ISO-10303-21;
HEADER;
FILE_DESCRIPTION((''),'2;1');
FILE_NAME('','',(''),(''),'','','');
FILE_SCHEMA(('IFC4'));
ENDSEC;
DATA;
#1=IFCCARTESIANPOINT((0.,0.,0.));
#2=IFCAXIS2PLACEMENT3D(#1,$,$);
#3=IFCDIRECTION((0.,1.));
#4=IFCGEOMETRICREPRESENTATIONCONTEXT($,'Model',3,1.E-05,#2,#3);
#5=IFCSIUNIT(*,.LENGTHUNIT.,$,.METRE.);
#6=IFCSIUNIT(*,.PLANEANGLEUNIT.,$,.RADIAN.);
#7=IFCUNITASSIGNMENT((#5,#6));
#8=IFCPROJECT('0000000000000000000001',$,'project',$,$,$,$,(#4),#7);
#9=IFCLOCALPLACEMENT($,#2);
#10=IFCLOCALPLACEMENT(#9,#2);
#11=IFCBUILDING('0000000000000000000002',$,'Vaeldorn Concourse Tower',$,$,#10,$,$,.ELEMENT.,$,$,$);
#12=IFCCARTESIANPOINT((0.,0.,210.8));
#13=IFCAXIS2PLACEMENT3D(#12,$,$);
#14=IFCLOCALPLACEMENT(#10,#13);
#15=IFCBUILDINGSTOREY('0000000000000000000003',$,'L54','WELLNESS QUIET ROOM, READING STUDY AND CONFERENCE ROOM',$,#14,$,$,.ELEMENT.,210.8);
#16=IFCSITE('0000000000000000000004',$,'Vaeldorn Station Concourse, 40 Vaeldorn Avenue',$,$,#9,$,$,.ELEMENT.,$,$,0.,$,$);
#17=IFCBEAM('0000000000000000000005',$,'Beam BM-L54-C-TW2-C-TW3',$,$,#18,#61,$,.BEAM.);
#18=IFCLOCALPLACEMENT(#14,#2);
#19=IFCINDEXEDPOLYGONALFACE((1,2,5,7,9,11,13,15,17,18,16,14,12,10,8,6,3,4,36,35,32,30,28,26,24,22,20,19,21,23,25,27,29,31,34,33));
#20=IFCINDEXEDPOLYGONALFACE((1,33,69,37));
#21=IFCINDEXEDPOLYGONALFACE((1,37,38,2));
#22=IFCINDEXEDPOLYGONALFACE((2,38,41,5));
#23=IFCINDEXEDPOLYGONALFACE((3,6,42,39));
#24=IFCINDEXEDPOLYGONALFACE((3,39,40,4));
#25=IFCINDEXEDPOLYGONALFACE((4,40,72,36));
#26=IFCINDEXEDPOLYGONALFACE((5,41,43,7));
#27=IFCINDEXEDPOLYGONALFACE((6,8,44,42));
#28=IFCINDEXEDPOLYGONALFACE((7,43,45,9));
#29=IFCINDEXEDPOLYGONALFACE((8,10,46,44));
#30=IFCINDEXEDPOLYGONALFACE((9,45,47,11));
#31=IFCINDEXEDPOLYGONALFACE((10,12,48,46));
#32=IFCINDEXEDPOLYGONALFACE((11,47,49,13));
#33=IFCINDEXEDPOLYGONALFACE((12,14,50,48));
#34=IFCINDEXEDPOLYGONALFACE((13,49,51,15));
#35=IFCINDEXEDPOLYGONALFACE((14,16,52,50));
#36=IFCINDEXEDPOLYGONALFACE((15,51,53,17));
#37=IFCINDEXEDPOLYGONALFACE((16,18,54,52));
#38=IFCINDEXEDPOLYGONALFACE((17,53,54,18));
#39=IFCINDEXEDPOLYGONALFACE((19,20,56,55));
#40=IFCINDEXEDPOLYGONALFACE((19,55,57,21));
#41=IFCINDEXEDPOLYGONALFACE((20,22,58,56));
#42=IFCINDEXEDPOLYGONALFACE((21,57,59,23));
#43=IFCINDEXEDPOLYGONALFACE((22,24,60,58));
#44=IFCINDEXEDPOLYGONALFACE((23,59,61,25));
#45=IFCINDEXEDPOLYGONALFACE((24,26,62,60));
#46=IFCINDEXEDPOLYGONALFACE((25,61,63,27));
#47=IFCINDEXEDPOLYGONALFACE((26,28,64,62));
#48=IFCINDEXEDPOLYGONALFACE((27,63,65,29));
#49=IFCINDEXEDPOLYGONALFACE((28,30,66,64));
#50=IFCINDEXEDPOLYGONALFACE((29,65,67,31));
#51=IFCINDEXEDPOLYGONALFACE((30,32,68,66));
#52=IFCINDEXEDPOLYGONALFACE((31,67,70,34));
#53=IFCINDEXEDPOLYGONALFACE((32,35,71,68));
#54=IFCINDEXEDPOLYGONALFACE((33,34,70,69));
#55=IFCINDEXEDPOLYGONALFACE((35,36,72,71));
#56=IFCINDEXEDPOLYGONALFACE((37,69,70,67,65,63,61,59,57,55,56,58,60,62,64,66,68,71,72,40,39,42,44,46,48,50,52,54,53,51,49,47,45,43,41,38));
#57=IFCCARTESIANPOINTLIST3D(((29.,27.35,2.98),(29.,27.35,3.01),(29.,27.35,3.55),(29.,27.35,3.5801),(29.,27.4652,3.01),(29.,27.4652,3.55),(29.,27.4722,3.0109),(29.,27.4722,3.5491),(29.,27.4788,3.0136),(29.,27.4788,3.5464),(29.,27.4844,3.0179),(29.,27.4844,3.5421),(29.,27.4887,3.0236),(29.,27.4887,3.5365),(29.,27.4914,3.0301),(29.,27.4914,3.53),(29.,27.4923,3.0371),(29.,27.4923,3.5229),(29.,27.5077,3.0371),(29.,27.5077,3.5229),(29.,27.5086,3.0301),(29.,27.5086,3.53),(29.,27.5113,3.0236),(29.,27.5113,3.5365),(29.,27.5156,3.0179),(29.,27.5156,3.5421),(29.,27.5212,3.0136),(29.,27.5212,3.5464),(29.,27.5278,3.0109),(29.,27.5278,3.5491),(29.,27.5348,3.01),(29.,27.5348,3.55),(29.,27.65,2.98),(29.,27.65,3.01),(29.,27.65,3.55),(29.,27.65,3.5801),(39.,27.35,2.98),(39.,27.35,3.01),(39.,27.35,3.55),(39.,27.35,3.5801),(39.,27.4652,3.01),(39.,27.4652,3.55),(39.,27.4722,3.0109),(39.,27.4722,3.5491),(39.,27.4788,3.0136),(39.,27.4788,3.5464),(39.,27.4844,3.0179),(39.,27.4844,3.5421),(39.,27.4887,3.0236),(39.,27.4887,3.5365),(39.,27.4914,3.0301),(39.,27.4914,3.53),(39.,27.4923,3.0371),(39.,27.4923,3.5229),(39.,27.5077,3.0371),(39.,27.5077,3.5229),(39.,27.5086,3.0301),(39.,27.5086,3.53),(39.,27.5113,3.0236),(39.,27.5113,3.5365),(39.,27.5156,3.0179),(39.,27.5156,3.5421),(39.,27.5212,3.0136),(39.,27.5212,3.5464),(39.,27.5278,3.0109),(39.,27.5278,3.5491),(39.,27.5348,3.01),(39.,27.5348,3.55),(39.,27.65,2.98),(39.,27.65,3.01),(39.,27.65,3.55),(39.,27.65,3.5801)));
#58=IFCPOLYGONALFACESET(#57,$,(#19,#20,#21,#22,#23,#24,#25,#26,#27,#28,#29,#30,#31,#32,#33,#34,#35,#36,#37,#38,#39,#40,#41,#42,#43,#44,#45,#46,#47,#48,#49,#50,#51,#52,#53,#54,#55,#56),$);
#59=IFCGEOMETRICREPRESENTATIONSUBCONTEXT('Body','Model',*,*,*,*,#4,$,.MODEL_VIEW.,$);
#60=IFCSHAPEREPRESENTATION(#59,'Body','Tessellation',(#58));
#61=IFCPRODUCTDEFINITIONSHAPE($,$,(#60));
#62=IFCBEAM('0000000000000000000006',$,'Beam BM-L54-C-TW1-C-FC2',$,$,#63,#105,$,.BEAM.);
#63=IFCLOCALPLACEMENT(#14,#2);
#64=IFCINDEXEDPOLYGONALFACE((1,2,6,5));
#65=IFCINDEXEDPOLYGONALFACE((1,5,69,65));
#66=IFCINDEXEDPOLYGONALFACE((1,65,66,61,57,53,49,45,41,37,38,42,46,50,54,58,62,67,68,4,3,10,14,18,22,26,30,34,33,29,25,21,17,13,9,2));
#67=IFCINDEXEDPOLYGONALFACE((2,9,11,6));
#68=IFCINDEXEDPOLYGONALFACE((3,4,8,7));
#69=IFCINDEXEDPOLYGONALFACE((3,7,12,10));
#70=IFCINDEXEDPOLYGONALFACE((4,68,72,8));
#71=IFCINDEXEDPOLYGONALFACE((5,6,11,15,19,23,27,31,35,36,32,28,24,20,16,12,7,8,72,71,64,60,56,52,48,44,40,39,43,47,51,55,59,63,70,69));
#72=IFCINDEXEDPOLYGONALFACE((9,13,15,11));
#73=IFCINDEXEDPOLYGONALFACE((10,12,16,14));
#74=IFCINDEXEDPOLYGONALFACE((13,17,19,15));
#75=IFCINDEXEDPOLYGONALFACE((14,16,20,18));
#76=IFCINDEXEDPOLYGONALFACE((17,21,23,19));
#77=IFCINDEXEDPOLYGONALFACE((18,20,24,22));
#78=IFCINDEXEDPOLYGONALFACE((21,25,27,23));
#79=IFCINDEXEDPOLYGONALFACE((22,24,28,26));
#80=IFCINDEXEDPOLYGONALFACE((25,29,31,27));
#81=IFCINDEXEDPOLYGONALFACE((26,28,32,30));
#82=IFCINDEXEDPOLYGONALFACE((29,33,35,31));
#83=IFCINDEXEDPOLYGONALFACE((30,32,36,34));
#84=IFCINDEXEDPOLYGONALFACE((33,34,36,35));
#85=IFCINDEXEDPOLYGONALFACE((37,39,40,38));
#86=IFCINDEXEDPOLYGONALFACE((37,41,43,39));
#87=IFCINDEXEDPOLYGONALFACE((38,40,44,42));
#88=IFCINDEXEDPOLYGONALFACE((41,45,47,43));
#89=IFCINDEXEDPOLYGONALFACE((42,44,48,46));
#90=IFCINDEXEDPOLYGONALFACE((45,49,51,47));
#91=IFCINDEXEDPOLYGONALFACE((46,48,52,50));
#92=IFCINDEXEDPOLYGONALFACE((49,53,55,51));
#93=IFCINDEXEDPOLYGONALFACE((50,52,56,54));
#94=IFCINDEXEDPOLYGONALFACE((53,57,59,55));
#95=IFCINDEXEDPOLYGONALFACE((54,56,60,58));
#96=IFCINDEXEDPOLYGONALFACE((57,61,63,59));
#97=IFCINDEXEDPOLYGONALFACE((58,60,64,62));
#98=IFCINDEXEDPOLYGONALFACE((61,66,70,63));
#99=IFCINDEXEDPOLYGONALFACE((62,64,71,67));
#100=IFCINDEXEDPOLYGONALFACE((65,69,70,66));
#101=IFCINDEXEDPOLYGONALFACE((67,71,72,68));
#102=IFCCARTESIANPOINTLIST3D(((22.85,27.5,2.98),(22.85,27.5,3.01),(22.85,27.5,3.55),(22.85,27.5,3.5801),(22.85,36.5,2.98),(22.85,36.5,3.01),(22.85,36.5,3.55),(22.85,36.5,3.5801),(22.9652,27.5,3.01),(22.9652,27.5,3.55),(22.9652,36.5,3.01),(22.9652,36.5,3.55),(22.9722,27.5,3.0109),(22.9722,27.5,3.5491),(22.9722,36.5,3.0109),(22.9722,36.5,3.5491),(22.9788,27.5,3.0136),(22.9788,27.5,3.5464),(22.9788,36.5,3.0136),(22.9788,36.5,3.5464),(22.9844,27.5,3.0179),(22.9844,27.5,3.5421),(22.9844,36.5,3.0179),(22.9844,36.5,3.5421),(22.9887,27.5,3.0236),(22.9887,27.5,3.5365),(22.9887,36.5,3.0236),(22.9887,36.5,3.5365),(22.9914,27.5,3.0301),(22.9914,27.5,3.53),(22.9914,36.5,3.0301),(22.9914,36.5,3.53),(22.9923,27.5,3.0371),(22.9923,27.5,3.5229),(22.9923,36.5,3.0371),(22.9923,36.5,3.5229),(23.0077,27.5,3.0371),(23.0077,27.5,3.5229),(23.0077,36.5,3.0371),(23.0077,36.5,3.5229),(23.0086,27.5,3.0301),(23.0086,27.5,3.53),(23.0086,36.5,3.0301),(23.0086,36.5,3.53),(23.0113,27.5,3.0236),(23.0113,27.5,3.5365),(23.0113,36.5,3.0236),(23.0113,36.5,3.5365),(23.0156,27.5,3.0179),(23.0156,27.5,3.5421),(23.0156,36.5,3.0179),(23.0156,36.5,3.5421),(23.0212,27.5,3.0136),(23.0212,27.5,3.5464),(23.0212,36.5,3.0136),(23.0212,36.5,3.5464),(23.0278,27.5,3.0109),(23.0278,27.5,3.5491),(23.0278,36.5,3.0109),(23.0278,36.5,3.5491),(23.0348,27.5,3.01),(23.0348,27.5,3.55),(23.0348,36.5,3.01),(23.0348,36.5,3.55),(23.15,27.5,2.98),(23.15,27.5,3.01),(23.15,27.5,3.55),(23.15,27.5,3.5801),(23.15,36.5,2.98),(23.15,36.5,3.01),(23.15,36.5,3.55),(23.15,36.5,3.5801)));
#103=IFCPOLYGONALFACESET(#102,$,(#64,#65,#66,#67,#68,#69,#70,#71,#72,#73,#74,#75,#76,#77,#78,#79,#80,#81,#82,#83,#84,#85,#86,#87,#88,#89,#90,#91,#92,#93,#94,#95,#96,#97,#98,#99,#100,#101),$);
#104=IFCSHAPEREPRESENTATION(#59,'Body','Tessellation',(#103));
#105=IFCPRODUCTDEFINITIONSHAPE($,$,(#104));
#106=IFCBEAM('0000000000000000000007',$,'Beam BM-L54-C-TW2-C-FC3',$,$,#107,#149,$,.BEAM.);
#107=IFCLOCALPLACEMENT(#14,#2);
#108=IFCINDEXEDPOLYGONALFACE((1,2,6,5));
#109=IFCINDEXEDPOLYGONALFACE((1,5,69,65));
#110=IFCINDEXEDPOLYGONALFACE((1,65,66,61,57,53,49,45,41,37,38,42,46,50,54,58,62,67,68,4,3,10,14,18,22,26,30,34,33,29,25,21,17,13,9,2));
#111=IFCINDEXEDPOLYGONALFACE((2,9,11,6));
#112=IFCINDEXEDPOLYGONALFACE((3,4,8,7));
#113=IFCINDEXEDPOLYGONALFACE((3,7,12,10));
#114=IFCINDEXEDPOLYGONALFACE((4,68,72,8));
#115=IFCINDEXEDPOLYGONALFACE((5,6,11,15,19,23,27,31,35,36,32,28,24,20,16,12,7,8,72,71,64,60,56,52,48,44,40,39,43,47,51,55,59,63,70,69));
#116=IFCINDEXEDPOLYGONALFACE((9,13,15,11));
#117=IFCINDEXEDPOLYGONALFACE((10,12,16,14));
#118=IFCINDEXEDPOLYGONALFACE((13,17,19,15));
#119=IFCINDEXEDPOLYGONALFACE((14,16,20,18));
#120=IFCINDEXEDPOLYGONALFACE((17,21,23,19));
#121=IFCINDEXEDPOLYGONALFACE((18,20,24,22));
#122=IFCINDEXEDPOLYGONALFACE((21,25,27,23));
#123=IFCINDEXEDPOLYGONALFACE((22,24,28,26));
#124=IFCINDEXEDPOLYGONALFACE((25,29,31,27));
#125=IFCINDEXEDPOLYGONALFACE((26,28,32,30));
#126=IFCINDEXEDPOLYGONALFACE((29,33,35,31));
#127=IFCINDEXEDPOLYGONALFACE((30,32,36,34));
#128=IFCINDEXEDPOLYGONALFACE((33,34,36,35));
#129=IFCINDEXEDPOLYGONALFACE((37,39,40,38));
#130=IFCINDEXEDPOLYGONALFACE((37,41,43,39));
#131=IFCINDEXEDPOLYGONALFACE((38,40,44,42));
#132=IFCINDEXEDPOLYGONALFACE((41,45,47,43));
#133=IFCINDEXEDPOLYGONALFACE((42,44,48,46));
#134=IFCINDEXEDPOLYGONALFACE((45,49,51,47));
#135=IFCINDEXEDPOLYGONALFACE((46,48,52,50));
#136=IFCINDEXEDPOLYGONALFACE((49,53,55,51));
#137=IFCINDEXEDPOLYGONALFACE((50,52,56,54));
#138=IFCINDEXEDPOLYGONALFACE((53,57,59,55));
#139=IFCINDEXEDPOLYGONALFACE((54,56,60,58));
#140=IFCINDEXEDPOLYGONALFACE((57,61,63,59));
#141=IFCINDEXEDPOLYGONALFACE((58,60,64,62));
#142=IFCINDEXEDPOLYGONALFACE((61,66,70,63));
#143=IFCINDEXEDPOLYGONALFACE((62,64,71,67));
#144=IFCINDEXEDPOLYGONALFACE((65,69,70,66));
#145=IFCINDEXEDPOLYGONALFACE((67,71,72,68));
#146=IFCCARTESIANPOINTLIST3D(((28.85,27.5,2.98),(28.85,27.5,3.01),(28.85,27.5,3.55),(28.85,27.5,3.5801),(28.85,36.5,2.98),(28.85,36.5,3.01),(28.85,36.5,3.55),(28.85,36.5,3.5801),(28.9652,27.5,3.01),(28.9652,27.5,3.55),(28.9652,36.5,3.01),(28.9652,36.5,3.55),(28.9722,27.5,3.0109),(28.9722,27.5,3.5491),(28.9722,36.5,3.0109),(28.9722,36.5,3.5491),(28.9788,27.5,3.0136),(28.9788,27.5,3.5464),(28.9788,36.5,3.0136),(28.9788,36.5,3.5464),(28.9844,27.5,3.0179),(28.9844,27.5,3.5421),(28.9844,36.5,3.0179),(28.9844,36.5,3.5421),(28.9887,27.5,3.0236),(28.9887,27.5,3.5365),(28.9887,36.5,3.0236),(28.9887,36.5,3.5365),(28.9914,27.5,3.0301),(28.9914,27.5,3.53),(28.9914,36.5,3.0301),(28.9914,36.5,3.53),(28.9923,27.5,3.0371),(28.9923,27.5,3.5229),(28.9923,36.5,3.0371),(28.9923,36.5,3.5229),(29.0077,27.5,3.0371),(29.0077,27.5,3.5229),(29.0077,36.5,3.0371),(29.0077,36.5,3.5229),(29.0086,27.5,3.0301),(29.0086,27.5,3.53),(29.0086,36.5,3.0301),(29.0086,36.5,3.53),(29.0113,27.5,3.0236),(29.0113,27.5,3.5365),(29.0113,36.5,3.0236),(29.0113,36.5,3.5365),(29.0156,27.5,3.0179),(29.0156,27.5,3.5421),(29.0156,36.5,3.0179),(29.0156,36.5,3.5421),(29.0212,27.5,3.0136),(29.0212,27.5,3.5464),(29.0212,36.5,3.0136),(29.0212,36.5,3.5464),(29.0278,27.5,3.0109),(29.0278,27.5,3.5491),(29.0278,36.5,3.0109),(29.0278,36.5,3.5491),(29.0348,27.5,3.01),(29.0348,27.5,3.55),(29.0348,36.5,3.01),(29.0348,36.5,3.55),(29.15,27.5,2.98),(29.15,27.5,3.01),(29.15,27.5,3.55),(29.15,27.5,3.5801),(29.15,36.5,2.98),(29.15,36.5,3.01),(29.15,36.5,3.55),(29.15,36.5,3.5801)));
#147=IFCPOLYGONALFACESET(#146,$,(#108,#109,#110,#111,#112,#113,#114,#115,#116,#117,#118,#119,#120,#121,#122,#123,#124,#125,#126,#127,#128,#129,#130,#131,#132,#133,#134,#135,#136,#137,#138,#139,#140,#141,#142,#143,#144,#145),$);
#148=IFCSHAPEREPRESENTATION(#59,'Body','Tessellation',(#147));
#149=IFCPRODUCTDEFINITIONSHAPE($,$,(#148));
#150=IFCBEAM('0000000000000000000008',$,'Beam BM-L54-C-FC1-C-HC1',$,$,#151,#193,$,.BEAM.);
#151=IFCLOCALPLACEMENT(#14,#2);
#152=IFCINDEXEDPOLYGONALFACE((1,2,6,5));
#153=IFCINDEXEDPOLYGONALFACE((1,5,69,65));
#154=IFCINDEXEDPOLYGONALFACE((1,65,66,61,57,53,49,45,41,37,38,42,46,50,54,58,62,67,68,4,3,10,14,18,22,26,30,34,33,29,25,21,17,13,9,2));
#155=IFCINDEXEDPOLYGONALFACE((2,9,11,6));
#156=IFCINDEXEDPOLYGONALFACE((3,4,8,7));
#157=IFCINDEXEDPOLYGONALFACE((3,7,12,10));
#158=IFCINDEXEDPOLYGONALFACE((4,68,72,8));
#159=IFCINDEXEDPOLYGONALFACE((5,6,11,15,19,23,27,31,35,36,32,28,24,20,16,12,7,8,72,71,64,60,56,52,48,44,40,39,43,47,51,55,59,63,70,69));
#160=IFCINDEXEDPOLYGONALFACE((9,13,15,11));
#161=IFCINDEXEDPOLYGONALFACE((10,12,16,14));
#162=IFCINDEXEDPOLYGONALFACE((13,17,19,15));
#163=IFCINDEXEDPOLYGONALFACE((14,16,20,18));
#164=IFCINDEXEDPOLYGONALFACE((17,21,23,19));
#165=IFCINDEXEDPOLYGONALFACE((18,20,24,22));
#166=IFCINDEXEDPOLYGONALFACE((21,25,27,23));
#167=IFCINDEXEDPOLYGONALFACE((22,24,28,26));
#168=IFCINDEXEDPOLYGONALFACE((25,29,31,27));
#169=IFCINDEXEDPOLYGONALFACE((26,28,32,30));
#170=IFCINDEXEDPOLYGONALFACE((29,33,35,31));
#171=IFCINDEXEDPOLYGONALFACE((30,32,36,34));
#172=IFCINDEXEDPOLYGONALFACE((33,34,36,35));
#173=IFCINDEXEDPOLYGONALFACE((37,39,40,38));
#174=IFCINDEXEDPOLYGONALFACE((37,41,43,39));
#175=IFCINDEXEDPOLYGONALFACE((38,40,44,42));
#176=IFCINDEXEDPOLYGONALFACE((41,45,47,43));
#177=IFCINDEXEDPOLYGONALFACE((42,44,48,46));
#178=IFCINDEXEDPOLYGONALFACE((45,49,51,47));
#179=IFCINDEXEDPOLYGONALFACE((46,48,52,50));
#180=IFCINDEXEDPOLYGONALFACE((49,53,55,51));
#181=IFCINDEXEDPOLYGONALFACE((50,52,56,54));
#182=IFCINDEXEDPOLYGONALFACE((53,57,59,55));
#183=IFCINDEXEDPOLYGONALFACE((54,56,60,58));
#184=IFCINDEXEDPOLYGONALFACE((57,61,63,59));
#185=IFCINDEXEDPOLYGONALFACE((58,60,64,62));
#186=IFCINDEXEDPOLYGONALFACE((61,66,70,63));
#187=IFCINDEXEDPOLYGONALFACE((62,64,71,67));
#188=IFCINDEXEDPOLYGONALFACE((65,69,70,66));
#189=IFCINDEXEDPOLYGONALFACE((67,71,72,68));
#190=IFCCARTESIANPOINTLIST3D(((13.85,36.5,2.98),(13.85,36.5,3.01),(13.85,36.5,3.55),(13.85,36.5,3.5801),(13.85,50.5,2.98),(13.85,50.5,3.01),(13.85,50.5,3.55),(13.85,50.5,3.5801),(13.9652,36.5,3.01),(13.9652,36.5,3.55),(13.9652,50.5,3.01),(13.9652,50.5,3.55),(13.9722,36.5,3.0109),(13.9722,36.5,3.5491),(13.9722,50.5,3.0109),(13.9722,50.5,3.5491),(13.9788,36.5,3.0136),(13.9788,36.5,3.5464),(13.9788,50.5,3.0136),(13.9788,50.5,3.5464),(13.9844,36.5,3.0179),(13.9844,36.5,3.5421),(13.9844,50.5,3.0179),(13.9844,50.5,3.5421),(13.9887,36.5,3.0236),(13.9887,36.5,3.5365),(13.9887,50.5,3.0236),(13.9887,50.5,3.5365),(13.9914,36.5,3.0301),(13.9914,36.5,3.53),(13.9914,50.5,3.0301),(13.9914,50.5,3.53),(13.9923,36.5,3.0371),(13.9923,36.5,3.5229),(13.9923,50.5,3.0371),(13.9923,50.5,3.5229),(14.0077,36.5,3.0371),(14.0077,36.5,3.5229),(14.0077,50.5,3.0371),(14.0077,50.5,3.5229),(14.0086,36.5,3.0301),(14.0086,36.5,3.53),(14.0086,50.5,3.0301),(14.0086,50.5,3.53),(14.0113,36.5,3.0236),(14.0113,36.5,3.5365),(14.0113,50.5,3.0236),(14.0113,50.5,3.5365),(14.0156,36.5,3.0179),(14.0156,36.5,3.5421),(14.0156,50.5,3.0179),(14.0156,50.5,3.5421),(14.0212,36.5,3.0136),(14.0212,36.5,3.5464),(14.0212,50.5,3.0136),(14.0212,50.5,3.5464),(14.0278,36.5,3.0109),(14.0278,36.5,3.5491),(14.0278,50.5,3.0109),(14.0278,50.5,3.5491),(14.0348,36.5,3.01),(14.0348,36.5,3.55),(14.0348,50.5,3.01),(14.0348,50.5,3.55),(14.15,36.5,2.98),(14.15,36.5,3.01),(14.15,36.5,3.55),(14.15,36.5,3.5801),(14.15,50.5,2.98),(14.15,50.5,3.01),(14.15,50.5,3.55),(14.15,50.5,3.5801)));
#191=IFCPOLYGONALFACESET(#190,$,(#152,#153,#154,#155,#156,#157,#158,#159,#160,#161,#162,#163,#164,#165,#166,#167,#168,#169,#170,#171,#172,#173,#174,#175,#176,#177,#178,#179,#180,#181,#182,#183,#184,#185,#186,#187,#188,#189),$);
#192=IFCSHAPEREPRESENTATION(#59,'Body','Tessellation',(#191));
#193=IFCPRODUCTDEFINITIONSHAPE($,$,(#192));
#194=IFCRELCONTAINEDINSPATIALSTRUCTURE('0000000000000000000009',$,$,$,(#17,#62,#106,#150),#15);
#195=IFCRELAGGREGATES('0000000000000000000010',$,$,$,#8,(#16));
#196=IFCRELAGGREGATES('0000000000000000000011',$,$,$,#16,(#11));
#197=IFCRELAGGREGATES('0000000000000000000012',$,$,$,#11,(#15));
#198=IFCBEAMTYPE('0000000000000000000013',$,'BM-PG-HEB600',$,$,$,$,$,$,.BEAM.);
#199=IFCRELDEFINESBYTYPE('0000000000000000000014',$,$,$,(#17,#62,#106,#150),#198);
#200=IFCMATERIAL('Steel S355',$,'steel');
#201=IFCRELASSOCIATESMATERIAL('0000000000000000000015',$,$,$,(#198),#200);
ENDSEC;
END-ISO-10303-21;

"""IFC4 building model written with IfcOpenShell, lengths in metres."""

from ifc_helpers import new_model, si_unit, direction, frame, origin, origin_2d, place, context, subcontext, project, spatial, i_section, extrude, source, transform, mapped, material, material_profile, profile_set, type_object, element, save


model = new_model("IFC4")

# Units and contexts
model_context = context("Model", 3, precision=1e-05, world=origin(), true_north=direction((0.0, 1.0)))
body_context = subcontext(model_context, "Body", "Model", "MODEL_VIEW")
ifc_project = project(units=[si_unit("LENGTHUNIT", "METRE"), si_unit("PLANEANGLEUNIT", "RADIAN")], contexts=[model_context])

# Site, building, storey
site_placement = place(None, origin())
site = spatial("IfcSite", under=ifc_project, at=site_placement, Name="Vaeldorn Station Concourse, 40 Vaeldorn Avenue", CompositionType="ELEMENT", RefElevation=0.0)
building_placement = place(site_placement, origin())
building = spatial("IfcBuilding", under=site, at=building_placement, Name="Vaeldorn Concourse Tower", CompositionType="ELEMENT")
storey_placement = place(building_placement, frame((0.0, 0.0, 210.8)))
storey = spatial("IfcBuildingStorey", under=building, at=storey_placement, Name="L54", Description="WELLNESS QUIET ROOM, READING STUDY AND CONFERENCE ROOM", CompositionType="ELEMENT", Elevation=210.8)

# Shared definitions
ifc_material_1 = material(Name="Steel S355", Category="steel")

# Beams
ifc_material_profile_1 = material_profile(ifc_material_1, i_section(OverallWidth=0.3, OverallDepth=0.6001, WebThickness=0.0154, FlangeThickness=0.03, FilletRadius=0.0271, at=origin_2d()), Name="HEB 600")
ifc_profile_set_1 = profile_set([ifc_material_profile_1], Name="Steel S355")
beam_type_1 = type_object("IfcBeamType", Name="BM-PG-HEB600", PredefinedType="BEAM", material=ifc_profile_set_1)
shared_shape_1 = source(origin(), body_context, "Body", "SweptSolid", [
    extrude(i_section(OverallWidth=0.3, OverallDepth=0.6001, WebThickness=0.0154, FlangeThickness=0.03, FilletRadius=0.0271, at=origin_2d()), origin(), (0.0, 0.0, 1.0), 10.0),
])
for number, where, z_axis, x_axis, name in (
    (1, (29.0, 27.5, 3.28), (1.0, 0.0, 0.0), (0.0, 1.0, 0.0), "Beam BM-L54-C-TW2-C-TW3"),
):
    element("IfcBeam", number, at=place(storey_placement, frame(where, z_axis=z_axis, x_axis=x_axis)), inside=storey, type_object=beam_type_1, Name=name, PredefinedType="BEAM", context=body_context, shape_type="MappedRepresentation", body=[
        mapped(shared_shape_1, transform((0.0, 0.0, 0.0), scale=1.0)),
    ])
shared_shape_2 = source(origin(), body_context, "Body", "SweptSolid", [
    extrude(i_section(OverallWidth=0.3, OverallDepth=0.6001, WebThickness=0.0154, FlangeThickness=0.03, FilletRadius=0.0271, at=origin_2d()), origin(), (0.0, 0.0, 1.0), 9.0),
])
for number, where, z_axis, x_axis, name in (
    (2, (23.0, 27.5, 3.28), (0.0, 1.0, 0.0), (-1.0, 0.0, 0.0), "Beam BM-L54-C-TW1-C-FC2"),
    (3, (29.0, 27.5, 3.28), (0.0, 1.0, 0.0), (-1.0, 0.0, 0.0), "Beam BM-L54-C-TW2-C-FC3"),
):
    element("IfcBeam", number, at=place(storey_placement, frame(where, z_axis=z_axis, x_axis=x_axis)), inside=storey, type_object=beam_type_1, Name=name, PredefinedType="BEAM", context=body_context, shape_type="MappedRepresentation", body=[
        mapped(shared_shape_2, transform((0.0, 0.0, 0.0), scale=1.0)),
    ])
shared_shape_3 = source(origin(), body_context, "Body", "SweptSolid", [
    extrude(i_section(OverallWidth=0.3, OverallDepth=0.6001, WebThickness=0.0154, FlangeThickness=0.03, FilletRadius=0.0271, at=origin_2d()), origin(), (0.0, 0.0, 1.0), 14.0),
])
for number, where, z_axis, x_axis, name in (
    (4, (14.0, 36.5, 3.28), (0.0, 1.0, 0.0), (-1.0, 0.0, 0.0), "Beam BM-L54-C-FC1-C-HC1"),
):
    element("IfcBeam", number, at=place(storey_placement, frame(where, z_axis=z_axis, x_axis=x_axis)), inside=storey, type_object=beam_type_1, Name=name, PredefinedType="BEAM", context=body_context, shape_type="MappedRepresentation", body=[
        mapped(shared_shape_3, transform((0.0, 0.0, 0.0), scale=1.0)),
    ])

save(model, "model.ifc")
